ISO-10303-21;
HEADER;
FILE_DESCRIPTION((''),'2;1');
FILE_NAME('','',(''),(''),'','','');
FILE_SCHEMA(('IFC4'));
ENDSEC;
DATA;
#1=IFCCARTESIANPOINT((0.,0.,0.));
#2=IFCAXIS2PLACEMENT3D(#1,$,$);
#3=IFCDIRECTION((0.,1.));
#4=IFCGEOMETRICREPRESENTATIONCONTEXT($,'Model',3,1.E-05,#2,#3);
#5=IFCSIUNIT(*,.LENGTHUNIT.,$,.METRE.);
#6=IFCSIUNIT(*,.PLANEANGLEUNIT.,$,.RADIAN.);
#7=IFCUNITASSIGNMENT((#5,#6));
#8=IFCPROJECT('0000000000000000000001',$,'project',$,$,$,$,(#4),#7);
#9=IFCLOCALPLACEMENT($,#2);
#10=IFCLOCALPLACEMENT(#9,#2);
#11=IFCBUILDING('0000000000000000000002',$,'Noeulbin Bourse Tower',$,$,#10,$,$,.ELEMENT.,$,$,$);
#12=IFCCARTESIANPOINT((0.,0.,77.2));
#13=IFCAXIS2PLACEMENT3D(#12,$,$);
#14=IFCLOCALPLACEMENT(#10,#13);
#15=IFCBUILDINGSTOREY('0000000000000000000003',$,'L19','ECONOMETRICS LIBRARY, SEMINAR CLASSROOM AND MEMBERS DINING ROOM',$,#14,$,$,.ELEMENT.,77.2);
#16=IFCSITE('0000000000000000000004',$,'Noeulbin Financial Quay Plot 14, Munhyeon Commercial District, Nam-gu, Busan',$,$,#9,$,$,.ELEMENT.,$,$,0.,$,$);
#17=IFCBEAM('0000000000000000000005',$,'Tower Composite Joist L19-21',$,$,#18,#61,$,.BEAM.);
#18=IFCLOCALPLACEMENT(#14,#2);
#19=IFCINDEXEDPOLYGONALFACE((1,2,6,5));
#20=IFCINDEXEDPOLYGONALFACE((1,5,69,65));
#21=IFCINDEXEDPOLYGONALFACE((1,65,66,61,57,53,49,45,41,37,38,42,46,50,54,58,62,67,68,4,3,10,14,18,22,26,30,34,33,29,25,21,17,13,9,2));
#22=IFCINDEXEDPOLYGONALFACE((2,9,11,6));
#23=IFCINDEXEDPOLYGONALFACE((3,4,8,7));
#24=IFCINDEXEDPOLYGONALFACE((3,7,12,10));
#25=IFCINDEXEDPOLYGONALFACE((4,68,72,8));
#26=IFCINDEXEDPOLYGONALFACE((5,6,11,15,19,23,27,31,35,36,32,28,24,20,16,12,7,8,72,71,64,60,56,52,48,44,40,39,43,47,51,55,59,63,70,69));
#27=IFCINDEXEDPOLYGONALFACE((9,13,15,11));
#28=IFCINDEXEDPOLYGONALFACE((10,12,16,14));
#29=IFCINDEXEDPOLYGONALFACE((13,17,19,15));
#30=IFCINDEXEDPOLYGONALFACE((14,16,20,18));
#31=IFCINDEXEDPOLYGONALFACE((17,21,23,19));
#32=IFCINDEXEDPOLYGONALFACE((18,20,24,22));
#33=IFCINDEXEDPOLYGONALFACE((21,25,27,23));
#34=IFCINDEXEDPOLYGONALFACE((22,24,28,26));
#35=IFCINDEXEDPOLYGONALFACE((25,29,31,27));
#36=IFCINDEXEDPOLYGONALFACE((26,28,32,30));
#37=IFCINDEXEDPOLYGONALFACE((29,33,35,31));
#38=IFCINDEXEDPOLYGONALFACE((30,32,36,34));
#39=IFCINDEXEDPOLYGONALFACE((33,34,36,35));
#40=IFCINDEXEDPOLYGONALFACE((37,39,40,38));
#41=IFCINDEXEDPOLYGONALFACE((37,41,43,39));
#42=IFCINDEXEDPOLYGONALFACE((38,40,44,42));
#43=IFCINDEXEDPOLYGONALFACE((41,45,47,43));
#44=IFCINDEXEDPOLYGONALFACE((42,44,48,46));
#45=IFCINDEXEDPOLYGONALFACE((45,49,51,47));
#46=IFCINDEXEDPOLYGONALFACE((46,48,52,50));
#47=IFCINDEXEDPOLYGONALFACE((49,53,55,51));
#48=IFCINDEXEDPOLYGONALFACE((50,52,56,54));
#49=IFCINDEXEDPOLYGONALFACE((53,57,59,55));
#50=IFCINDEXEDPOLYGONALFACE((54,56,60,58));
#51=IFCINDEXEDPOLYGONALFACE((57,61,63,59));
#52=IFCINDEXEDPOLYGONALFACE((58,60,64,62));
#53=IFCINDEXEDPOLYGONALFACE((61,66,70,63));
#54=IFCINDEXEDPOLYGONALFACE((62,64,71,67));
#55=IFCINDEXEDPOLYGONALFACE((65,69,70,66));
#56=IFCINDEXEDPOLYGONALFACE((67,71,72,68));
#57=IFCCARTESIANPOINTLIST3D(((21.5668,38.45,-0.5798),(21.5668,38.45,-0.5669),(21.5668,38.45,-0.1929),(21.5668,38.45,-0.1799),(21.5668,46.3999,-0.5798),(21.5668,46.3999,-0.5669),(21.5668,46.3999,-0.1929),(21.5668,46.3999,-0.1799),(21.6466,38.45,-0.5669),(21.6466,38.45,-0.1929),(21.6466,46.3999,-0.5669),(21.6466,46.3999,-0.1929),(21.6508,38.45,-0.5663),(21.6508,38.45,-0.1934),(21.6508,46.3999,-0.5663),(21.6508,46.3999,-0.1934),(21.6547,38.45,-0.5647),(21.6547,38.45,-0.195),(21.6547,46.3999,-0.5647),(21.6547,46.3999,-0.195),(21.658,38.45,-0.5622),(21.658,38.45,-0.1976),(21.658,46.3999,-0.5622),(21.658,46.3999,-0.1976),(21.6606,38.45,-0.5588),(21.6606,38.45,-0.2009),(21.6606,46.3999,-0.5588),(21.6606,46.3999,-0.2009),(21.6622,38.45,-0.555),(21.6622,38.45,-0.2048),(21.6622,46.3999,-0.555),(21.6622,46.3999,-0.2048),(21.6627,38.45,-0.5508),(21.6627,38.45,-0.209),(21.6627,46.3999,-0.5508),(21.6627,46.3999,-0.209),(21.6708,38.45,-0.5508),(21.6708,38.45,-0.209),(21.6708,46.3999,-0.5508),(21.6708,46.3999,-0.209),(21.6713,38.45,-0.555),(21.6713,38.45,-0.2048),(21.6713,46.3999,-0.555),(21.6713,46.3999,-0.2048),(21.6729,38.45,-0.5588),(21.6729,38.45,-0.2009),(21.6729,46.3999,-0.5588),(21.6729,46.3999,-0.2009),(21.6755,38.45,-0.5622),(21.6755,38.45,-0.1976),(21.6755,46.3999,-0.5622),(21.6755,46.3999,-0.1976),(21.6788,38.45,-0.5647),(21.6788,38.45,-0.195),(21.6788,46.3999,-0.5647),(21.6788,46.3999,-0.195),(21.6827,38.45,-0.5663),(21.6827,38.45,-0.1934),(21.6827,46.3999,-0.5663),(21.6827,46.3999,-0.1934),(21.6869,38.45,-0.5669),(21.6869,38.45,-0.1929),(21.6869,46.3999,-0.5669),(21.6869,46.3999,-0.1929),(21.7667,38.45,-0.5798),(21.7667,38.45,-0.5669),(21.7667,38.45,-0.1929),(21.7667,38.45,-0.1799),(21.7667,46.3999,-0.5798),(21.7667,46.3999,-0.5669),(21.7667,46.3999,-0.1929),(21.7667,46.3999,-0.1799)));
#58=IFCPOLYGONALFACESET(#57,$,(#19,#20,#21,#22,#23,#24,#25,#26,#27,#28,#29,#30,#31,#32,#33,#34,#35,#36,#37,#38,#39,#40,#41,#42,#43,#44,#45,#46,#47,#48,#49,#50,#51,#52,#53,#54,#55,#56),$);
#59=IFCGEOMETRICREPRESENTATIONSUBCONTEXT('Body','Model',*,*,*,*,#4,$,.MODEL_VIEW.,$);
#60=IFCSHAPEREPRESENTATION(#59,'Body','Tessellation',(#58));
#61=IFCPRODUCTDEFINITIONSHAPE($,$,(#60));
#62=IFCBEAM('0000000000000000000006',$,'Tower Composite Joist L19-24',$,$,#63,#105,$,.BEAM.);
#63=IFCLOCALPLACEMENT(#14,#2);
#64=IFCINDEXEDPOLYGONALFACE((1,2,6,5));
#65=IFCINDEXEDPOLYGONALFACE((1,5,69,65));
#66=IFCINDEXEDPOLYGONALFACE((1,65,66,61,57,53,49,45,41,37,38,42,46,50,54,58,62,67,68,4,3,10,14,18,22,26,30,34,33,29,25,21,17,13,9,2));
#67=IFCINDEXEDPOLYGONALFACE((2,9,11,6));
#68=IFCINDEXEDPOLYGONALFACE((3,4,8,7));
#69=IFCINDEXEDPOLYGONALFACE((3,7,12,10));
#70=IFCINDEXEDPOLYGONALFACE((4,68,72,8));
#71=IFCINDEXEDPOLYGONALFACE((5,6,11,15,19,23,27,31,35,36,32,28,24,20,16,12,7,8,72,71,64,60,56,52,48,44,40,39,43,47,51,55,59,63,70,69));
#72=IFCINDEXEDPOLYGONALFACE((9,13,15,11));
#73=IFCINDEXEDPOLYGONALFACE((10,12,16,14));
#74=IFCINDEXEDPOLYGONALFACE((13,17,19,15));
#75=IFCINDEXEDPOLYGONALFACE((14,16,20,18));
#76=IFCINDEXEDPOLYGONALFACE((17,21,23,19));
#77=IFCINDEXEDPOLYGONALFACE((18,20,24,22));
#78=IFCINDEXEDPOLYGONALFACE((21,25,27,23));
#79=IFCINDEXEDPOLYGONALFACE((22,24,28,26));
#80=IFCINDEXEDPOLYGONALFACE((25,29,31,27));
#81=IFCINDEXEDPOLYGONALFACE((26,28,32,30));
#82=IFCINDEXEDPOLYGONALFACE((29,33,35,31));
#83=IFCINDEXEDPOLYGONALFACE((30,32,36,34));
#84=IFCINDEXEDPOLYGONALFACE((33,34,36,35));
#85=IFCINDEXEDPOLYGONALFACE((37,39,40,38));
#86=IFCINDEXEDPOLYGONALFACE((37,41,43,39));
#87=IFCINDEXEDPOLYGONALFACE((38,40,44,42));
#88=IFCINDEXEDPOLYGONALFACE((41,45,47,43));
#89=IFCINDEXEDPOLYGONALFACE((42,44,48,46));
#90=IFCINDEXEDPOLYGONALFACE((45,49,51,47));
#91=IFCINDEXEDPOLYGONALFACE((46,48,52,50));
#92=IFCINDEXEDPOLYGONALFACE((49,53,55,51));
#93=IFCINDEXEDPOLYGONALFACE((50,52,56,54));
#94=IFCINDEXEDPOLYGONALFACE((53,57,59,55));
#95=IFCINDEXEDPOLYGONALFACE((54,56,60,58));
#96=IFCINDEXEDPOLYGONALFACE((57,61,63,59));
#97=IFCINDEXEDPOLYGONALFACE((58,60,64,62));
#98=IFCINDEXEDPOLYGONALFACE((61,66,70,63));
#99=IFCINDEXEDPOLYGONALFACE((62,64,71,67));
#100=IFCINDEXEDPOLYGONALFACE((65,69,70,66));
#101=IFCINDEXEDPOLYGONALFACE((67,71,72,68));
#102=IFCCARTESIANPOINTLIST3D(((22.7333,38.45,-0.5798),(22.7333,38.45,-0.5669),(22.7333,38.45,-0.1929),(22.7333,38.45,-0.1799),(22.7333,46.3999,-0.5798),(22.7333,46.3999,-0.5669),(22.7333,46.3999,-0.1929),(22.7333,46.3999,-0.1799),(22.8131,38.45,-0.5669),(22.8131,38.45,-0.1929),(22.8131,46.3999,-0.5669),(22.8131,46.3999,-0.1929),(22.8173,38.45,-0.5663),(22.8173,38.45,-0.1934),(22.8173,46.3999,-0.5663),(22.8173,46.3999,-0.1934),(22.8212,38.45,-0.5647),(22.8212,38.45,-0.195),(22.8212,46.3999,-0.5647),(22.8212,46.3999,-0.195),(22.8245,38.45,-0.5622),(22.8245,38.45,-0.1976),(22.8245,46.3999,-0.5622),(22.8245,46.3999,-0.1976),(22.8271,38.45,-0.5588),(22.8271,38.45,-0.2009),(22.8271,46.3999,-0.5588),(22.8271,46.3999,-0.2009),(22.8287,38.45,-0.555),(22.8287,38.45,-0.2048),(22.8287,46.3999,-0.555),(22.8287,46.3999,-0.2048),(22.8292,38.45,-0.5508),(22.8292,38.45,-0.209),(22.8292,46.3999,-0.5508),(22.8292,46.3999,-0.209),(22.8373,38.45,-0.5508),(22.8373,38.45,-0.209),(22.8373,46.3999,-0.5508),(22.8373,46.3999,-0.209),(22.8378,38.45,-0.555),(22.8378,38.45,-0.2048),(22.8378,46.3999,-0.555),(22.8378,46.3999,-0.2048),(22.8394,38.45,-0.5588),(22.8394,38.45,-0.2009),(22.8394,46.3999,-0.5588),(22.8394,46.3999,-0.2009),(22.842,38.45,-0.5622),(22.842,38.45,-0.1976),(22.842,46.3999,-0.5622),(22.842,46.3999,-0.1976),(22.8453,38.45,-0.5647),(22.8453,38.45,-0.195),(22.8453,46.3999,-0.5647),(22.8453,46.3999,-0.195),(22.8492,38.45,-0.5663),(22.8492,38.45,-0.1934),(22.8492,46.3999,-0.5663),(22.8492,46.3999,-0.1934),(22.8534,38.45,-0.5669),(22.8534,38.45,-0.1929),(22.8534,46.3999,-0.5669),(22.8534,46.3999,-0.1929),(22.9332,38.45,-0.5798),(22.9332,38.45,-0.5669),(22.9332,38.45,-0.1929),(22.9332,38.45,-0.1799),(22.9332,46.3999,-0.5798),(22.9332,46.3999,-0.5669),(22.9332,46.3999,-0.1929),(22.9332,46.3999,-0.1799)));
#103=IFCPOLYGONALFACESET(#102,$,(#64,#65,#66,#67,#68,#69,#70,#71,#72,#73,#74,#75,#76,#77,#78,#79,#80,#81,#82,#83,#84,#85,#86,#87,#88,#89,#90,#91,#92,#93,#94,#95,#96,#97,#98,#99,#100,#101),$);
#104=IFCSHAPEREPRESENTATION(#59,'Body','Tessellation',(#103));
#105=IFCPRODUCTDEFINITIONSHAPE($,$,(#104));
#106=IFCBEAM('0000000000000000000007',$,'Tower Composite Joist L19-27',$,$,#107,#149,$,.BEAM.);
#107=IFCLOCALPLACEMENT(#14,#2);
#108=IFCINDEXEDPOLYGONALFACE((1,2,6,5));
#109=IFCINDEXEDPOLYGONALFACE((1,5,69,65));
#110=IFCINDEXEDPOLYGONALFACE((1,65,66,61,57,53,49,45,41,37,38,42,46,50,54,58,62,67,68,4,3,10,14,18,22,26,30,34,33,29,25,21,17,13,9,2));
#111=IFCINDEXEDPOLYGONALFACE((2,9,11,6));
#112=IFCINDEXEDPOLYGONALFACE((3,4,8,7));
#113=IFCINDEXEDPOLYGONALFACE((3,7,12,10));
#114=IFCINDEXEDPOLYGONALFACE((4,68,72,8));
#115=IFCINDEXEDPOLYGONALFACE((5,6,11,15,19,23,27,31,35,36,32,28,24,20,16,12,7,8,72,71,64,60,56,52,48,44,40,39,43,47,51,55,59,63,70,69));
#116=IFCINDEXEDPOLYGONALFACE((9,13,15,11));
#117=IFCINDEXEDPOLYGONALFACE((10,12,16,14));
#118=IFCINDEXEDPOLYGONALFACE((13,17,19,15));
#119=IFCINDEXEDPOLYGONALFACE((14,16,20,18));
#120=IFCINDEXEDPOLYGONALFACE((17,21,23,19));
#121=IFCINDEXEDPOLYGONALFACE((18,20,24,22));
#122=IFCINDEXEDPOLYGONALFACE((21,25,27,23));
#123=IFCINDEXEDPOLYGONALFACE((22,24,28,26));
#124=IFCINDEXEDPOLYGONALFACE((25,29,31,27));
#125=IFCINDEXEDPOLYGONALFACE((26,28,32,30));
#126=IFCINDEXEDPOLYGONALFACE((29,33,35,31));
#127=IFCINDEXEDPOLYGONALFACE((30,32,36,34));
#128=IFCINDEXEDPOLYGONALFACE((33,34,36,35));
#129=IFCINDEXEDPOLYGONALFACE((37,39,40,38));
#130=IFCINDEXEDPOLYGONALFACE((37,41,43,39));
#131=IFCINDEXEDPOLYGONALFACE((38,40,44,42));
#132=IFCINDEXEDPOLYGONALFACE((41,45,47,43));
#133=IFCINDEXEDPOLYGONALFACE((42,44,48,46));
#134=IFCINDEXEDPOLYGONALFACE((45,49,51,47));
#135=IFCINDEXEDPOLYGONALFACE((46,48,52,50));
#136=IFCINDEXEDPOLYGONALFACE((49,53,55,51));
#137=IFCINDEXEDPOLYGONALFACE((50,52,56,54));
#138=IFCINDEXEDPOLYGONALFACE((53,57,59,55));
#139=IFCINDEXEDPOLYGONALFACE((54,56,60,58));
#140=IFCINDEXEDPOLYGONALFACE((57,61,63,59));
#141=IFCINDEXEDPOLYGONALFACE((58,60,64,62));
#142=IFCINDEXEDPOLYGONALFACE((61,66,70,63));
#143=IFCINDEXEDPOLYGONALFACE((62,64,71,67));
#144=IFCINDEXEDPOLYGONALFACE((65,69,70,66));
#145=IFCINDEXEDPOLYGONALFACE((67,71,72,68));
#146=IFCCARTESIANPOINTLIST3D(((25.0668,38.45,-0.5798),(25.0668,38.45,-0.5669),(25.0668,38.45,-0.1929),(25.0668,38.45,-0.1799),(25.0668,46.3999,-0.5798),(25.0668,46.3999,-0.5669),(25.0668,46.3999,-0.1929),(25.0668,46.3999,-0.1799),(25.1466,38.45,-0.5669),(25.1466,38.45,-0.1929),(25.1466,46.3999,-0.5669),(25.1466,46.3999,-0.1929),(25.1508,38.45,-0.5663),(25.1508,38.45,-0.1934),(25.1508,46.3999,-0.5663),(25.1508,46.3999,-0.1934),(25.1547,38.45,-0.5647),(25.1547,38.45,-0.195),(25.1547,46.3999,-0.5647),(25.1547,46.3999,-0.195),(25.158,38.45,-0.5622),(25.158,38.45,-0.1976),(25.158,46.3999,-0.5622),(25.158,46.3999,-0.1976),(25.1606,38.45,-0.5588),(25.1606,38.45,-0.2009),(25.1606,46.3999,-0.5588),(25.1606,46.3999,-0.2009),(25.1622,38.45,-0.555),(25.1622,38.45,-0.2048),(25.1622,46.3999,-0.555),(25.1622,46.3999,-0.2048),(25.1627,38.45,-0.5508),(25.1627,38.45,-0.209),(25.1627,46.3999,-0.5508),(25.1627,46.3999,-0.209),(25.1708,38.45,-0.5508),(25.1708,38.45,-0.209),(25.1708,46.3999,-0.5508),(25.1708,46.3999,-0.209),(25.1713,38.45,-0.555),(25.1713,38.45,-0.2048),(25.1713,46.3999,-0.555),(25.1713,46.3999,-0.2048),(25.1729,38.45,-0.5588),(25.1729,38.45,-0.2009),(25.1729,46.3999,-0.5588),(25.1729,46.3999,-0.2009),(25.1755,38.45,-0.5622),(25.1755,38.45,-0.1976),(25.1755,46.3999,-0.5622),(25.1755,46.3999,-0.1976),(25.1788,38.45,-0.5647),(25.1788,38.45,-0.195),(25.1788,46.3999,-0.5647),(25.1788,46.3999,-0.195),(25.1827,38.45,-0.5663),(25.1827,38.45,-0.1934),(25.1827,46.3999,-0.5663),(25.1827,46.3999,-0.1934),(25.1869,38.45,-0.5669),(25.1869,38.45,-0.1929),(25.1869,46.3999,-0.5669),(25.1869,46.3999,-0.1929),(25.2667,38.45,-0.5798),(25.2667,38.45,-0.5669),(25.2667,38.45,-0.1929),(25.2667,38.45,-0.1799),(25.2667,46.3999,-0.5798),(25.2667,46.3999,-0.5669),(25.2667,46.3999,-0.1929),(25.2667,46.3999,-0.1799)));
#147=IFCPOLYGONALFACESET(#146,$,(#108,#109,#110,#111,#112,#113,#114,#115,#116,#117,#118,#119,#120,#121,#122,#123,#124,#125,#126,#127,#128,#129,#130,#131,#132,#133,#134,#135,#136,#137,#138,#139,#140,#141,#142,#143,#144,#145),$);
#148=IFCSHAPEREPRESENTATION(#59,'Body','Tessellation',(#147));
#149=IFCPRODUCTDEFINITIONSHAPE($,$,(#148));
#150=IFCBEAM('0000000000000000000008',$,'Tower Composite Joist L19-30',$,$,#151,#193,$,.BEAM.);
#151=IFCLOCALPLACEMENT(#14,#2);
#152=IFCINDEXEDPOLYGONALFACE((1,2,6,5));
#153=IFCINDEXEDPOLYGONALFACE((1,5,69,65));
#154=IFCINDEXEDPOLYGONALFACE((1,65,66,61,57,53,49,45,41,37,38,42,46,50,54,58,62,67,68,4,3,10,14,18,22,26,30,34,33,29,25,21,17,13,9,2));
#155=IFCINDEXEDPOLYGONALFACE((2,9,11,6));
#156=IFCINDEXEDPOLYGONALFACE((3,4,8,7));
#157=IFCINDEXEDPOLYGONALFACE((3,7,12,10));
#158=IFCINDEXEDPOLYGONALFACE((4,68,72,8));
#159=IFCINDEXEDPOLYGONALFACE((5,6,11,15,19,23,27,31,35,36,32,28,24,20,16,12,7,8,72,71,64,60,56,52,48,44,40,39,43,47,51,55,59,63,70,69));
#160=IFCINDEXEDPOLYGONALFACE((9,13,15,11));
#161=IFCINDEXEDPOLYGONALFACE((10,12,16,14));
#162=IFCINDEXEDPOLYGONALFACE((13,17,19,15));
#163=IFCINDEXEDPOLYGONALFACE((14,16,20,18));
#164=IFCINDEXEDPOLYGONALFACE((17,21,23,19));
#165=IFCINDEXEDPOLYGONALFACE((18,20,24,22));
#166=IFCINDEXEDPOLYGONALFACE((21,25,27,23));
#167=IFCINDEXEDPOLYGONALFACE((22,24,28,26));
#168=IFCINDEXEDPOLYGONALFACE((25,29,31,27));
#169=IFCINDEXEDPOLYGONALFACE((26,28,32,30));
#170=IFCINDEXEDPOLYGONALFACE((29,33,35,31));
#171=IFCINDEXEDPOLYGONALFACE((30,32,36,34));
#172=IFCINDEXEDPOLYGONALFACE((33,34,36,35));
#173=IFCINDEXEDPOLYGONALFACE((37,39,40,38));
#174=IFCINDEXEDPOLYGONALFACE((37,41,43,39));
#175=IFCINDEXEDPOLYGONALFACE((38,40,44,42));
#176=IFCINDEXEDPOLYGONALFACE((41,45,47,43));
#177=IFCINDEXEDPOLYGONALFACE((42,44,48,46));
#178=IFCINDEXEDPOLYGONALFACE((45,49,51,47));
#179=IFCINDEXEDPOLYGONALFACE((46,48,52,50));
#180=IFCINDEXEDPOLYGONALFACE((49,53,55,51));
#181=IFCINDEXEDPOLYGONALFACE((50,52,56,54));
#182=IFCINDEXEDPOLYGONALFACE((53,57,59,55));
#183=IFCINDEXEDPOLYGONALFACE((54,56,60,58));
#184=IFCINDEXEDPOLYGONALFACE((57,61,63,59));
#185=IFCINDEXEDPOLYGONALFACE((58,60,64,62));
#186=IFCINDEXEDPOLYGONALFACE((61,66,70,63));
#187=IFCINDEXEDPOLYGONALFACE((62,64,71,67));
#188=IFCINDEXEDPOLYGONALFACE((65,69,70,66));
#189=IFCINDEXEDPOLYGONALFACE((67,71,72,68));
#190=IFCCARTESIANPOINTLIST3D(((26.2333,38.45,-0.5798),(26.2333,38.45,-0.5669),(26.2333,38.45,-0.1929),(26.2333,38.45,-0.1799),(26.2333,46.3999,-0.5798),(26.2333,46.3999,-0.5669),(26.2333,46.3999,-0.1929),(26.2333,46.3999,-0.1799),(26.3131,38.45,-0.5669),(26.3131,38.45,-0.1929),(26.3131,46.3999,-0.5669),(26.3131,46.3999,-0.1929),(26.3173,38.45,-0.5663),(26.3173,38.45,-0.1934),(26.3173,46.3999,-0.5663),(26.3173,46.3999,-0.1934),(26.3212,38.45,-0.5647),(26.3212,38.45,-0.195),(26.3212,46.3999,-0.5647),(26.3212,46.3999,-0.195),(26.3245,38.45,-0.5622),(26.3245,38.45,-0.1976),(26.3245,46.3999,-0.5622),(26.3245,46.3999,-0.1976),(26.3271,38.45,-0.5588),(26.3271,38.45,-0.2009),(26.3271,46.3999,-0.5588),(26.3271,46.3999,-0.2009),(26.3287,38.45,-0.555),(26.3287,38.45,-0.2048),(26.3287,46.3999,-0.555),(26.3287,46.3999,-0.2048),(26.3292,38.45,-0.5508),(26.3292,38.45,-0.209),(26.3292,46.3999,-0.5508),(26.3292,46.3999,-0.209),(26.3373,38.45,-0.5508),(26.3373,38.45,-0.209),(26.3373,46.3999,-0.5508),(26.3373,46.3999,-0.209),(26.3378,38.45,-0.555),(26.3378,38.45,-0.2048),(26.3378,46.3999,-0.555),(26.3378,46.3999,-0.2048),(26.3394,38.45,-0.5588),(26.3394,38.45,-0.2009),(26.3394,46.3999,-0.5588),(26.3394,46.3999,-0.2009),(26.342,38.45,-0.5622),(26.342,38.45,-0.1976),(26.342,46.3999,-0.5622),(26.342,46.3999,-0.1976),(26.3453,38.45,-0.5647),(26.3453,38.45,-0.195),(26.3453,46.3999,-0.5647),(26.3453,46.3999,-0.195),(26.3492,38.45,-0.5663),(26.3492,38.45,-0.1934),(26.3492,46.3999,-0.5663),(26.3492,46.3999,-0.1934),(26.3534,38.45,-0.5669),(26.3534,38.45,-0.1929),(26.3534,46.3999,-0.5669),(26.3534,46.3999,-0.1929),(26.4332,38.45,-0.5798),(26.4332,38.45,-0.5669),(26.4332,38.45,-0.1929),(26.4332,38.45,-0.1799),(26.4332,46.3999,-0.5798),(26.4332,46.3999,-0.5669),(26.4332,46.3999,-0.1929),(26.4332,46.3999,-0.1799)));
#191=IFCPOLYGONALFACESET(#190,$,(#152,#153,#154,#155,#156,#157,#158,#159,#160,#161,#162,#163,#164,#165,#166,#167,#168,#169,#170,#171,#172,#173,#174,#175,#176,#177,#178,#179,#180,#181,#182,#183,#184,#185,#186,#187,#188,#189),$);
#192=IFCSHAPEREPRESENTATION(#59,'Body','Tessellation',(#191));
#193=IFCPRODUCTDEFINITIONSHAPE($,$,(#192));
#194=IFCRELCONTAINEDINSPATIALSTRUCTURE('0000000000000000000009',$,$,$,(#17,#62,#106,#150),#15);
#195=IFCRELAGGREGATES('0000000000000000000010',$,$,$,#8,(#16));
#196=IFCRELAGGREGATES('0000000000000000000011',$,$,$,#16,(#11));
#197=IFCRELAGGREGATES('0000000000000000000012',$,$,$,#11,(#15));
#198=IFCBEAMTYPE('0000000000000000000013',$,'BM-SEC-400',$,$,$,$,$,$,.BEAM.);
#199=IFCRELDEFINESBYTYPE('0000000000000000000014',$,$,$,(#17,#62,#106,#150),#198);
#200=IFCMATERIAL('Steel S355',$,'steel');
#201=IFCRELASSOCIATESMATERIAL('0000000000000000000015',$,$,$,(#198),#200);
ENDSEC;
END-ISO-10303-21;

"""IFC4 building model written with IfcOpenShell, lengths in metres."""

from ifc_helpers import new_model, si_unit, direction, frame, origin, origin_2d, place, context, subcontext, project, spatial, i_section, extrude, material, material_profile, profile_set, type_object, element, save


model = new_model("IFC4")

# Units and contexts
model_context = context("Model", 3, precision=1e-05, world=origin(), true_north=direction((0.0, 1.0)))
body_context = subcontext(model_context, "Body", "Model", "MODEL_VIEW")
ifc_project = project(units=[si_unit("LENGTHUNIT", "METRE"), si_unit("PLANEANGLEUNIT", "RADIAN")], contexts=[model_context])

# Site, building, storey
site_placement = place(None, origin())
site = spatial("IfcSite", under=ifc_project, at=site_placement, Name="Noeulbin Financial Quay Plot 14, Munhyeon Commercial District, Nam-gu, Busan", CompositionType="ELEMENT", RefElevation=0.0)
building_placement = place(site_placement, origin())
building = spatial("IfcBuilding", under=site, at=building_placement, Name="Noeulbin Bourse Tower", CompositionType="ELEMENT")
storey_placement = place(building_placement, frame((0.0, 0.0, 77.2)))
storey = spatial("IfcBuildingStorey", under=building, at=storey_placement, Name="L19", Description="ECONOMETRICS LIBRARY, SEMINAR CLASSROOM AND MEMBERS DINING ROOM", CompositionType="ELEMENT", Elevation=77.2)

# Beams
ifc_material_1 = material(Name="Steel S355", Category="steel")
ifc_material_profile_1 = material_profile(ifc_material_1, i_section(OverallWidth=0.2, OverallDepth=0.3999, WebThickness=0.0081, FlangeThickness=0.0129, FilletRadius=0.0161, at=origin_2d()), Name="H-400x200x8x13", Category="LoadBearing")
ifc_profile_set_1 = profile_set([ifc_material_profile_1], Name="Steel S355")
beam_type_1 = type_object("IfcBeamType", Name="BM-SEC-400", PredefinedType="BEAM", material=ifc_profile_set_1)
for number, where, z_axis, x_axis, name in (
    (1, (21.6667, 38.45, -0.3799), (0.0, 1.0, 0.0), (-1.0, 0.0, 0.0), "Tower Composite Joist L19-21"),
    (2, (22.8333, 38.45, -0.3799), (0.0, 1.0, 0.0), (-1.0, 0.0, 0.0), "Tower Composite Joist L19-24"),
    (3, (25.1667, 38.45, -0.3799), (0.0, 1.0, 0.0), (-1.0, 0.0, 0.0), "Tower Composite Joist L19-27"),
    (4, (26.3333, 38.45, -0.3799), (0.0, 1.0, 0.0), (-1.0, 0.0, 0.0), "Tower Composite Joist L19-30"),
):
    element("IfcBeam", number, at=place(storey_placement, frame(where, z_axis=z_axis, x_axis=x_axis)), inside=storey, type_object=beam_type_1, Name=name, PredefinedType="BEAM", context=body_context, shape_type="SweptSolid", body=[
        extrude(i_section(OverallWidth=0.2, OverallDepth=0.3999, WebThickness=0.0081, FlangeThickness=0.0129, FilletRadius=0.0161, at=origin_2d()), origin(), (0.0, 0.0, 1.0), 7.95),
    ])

save(model, "model.ifc")
